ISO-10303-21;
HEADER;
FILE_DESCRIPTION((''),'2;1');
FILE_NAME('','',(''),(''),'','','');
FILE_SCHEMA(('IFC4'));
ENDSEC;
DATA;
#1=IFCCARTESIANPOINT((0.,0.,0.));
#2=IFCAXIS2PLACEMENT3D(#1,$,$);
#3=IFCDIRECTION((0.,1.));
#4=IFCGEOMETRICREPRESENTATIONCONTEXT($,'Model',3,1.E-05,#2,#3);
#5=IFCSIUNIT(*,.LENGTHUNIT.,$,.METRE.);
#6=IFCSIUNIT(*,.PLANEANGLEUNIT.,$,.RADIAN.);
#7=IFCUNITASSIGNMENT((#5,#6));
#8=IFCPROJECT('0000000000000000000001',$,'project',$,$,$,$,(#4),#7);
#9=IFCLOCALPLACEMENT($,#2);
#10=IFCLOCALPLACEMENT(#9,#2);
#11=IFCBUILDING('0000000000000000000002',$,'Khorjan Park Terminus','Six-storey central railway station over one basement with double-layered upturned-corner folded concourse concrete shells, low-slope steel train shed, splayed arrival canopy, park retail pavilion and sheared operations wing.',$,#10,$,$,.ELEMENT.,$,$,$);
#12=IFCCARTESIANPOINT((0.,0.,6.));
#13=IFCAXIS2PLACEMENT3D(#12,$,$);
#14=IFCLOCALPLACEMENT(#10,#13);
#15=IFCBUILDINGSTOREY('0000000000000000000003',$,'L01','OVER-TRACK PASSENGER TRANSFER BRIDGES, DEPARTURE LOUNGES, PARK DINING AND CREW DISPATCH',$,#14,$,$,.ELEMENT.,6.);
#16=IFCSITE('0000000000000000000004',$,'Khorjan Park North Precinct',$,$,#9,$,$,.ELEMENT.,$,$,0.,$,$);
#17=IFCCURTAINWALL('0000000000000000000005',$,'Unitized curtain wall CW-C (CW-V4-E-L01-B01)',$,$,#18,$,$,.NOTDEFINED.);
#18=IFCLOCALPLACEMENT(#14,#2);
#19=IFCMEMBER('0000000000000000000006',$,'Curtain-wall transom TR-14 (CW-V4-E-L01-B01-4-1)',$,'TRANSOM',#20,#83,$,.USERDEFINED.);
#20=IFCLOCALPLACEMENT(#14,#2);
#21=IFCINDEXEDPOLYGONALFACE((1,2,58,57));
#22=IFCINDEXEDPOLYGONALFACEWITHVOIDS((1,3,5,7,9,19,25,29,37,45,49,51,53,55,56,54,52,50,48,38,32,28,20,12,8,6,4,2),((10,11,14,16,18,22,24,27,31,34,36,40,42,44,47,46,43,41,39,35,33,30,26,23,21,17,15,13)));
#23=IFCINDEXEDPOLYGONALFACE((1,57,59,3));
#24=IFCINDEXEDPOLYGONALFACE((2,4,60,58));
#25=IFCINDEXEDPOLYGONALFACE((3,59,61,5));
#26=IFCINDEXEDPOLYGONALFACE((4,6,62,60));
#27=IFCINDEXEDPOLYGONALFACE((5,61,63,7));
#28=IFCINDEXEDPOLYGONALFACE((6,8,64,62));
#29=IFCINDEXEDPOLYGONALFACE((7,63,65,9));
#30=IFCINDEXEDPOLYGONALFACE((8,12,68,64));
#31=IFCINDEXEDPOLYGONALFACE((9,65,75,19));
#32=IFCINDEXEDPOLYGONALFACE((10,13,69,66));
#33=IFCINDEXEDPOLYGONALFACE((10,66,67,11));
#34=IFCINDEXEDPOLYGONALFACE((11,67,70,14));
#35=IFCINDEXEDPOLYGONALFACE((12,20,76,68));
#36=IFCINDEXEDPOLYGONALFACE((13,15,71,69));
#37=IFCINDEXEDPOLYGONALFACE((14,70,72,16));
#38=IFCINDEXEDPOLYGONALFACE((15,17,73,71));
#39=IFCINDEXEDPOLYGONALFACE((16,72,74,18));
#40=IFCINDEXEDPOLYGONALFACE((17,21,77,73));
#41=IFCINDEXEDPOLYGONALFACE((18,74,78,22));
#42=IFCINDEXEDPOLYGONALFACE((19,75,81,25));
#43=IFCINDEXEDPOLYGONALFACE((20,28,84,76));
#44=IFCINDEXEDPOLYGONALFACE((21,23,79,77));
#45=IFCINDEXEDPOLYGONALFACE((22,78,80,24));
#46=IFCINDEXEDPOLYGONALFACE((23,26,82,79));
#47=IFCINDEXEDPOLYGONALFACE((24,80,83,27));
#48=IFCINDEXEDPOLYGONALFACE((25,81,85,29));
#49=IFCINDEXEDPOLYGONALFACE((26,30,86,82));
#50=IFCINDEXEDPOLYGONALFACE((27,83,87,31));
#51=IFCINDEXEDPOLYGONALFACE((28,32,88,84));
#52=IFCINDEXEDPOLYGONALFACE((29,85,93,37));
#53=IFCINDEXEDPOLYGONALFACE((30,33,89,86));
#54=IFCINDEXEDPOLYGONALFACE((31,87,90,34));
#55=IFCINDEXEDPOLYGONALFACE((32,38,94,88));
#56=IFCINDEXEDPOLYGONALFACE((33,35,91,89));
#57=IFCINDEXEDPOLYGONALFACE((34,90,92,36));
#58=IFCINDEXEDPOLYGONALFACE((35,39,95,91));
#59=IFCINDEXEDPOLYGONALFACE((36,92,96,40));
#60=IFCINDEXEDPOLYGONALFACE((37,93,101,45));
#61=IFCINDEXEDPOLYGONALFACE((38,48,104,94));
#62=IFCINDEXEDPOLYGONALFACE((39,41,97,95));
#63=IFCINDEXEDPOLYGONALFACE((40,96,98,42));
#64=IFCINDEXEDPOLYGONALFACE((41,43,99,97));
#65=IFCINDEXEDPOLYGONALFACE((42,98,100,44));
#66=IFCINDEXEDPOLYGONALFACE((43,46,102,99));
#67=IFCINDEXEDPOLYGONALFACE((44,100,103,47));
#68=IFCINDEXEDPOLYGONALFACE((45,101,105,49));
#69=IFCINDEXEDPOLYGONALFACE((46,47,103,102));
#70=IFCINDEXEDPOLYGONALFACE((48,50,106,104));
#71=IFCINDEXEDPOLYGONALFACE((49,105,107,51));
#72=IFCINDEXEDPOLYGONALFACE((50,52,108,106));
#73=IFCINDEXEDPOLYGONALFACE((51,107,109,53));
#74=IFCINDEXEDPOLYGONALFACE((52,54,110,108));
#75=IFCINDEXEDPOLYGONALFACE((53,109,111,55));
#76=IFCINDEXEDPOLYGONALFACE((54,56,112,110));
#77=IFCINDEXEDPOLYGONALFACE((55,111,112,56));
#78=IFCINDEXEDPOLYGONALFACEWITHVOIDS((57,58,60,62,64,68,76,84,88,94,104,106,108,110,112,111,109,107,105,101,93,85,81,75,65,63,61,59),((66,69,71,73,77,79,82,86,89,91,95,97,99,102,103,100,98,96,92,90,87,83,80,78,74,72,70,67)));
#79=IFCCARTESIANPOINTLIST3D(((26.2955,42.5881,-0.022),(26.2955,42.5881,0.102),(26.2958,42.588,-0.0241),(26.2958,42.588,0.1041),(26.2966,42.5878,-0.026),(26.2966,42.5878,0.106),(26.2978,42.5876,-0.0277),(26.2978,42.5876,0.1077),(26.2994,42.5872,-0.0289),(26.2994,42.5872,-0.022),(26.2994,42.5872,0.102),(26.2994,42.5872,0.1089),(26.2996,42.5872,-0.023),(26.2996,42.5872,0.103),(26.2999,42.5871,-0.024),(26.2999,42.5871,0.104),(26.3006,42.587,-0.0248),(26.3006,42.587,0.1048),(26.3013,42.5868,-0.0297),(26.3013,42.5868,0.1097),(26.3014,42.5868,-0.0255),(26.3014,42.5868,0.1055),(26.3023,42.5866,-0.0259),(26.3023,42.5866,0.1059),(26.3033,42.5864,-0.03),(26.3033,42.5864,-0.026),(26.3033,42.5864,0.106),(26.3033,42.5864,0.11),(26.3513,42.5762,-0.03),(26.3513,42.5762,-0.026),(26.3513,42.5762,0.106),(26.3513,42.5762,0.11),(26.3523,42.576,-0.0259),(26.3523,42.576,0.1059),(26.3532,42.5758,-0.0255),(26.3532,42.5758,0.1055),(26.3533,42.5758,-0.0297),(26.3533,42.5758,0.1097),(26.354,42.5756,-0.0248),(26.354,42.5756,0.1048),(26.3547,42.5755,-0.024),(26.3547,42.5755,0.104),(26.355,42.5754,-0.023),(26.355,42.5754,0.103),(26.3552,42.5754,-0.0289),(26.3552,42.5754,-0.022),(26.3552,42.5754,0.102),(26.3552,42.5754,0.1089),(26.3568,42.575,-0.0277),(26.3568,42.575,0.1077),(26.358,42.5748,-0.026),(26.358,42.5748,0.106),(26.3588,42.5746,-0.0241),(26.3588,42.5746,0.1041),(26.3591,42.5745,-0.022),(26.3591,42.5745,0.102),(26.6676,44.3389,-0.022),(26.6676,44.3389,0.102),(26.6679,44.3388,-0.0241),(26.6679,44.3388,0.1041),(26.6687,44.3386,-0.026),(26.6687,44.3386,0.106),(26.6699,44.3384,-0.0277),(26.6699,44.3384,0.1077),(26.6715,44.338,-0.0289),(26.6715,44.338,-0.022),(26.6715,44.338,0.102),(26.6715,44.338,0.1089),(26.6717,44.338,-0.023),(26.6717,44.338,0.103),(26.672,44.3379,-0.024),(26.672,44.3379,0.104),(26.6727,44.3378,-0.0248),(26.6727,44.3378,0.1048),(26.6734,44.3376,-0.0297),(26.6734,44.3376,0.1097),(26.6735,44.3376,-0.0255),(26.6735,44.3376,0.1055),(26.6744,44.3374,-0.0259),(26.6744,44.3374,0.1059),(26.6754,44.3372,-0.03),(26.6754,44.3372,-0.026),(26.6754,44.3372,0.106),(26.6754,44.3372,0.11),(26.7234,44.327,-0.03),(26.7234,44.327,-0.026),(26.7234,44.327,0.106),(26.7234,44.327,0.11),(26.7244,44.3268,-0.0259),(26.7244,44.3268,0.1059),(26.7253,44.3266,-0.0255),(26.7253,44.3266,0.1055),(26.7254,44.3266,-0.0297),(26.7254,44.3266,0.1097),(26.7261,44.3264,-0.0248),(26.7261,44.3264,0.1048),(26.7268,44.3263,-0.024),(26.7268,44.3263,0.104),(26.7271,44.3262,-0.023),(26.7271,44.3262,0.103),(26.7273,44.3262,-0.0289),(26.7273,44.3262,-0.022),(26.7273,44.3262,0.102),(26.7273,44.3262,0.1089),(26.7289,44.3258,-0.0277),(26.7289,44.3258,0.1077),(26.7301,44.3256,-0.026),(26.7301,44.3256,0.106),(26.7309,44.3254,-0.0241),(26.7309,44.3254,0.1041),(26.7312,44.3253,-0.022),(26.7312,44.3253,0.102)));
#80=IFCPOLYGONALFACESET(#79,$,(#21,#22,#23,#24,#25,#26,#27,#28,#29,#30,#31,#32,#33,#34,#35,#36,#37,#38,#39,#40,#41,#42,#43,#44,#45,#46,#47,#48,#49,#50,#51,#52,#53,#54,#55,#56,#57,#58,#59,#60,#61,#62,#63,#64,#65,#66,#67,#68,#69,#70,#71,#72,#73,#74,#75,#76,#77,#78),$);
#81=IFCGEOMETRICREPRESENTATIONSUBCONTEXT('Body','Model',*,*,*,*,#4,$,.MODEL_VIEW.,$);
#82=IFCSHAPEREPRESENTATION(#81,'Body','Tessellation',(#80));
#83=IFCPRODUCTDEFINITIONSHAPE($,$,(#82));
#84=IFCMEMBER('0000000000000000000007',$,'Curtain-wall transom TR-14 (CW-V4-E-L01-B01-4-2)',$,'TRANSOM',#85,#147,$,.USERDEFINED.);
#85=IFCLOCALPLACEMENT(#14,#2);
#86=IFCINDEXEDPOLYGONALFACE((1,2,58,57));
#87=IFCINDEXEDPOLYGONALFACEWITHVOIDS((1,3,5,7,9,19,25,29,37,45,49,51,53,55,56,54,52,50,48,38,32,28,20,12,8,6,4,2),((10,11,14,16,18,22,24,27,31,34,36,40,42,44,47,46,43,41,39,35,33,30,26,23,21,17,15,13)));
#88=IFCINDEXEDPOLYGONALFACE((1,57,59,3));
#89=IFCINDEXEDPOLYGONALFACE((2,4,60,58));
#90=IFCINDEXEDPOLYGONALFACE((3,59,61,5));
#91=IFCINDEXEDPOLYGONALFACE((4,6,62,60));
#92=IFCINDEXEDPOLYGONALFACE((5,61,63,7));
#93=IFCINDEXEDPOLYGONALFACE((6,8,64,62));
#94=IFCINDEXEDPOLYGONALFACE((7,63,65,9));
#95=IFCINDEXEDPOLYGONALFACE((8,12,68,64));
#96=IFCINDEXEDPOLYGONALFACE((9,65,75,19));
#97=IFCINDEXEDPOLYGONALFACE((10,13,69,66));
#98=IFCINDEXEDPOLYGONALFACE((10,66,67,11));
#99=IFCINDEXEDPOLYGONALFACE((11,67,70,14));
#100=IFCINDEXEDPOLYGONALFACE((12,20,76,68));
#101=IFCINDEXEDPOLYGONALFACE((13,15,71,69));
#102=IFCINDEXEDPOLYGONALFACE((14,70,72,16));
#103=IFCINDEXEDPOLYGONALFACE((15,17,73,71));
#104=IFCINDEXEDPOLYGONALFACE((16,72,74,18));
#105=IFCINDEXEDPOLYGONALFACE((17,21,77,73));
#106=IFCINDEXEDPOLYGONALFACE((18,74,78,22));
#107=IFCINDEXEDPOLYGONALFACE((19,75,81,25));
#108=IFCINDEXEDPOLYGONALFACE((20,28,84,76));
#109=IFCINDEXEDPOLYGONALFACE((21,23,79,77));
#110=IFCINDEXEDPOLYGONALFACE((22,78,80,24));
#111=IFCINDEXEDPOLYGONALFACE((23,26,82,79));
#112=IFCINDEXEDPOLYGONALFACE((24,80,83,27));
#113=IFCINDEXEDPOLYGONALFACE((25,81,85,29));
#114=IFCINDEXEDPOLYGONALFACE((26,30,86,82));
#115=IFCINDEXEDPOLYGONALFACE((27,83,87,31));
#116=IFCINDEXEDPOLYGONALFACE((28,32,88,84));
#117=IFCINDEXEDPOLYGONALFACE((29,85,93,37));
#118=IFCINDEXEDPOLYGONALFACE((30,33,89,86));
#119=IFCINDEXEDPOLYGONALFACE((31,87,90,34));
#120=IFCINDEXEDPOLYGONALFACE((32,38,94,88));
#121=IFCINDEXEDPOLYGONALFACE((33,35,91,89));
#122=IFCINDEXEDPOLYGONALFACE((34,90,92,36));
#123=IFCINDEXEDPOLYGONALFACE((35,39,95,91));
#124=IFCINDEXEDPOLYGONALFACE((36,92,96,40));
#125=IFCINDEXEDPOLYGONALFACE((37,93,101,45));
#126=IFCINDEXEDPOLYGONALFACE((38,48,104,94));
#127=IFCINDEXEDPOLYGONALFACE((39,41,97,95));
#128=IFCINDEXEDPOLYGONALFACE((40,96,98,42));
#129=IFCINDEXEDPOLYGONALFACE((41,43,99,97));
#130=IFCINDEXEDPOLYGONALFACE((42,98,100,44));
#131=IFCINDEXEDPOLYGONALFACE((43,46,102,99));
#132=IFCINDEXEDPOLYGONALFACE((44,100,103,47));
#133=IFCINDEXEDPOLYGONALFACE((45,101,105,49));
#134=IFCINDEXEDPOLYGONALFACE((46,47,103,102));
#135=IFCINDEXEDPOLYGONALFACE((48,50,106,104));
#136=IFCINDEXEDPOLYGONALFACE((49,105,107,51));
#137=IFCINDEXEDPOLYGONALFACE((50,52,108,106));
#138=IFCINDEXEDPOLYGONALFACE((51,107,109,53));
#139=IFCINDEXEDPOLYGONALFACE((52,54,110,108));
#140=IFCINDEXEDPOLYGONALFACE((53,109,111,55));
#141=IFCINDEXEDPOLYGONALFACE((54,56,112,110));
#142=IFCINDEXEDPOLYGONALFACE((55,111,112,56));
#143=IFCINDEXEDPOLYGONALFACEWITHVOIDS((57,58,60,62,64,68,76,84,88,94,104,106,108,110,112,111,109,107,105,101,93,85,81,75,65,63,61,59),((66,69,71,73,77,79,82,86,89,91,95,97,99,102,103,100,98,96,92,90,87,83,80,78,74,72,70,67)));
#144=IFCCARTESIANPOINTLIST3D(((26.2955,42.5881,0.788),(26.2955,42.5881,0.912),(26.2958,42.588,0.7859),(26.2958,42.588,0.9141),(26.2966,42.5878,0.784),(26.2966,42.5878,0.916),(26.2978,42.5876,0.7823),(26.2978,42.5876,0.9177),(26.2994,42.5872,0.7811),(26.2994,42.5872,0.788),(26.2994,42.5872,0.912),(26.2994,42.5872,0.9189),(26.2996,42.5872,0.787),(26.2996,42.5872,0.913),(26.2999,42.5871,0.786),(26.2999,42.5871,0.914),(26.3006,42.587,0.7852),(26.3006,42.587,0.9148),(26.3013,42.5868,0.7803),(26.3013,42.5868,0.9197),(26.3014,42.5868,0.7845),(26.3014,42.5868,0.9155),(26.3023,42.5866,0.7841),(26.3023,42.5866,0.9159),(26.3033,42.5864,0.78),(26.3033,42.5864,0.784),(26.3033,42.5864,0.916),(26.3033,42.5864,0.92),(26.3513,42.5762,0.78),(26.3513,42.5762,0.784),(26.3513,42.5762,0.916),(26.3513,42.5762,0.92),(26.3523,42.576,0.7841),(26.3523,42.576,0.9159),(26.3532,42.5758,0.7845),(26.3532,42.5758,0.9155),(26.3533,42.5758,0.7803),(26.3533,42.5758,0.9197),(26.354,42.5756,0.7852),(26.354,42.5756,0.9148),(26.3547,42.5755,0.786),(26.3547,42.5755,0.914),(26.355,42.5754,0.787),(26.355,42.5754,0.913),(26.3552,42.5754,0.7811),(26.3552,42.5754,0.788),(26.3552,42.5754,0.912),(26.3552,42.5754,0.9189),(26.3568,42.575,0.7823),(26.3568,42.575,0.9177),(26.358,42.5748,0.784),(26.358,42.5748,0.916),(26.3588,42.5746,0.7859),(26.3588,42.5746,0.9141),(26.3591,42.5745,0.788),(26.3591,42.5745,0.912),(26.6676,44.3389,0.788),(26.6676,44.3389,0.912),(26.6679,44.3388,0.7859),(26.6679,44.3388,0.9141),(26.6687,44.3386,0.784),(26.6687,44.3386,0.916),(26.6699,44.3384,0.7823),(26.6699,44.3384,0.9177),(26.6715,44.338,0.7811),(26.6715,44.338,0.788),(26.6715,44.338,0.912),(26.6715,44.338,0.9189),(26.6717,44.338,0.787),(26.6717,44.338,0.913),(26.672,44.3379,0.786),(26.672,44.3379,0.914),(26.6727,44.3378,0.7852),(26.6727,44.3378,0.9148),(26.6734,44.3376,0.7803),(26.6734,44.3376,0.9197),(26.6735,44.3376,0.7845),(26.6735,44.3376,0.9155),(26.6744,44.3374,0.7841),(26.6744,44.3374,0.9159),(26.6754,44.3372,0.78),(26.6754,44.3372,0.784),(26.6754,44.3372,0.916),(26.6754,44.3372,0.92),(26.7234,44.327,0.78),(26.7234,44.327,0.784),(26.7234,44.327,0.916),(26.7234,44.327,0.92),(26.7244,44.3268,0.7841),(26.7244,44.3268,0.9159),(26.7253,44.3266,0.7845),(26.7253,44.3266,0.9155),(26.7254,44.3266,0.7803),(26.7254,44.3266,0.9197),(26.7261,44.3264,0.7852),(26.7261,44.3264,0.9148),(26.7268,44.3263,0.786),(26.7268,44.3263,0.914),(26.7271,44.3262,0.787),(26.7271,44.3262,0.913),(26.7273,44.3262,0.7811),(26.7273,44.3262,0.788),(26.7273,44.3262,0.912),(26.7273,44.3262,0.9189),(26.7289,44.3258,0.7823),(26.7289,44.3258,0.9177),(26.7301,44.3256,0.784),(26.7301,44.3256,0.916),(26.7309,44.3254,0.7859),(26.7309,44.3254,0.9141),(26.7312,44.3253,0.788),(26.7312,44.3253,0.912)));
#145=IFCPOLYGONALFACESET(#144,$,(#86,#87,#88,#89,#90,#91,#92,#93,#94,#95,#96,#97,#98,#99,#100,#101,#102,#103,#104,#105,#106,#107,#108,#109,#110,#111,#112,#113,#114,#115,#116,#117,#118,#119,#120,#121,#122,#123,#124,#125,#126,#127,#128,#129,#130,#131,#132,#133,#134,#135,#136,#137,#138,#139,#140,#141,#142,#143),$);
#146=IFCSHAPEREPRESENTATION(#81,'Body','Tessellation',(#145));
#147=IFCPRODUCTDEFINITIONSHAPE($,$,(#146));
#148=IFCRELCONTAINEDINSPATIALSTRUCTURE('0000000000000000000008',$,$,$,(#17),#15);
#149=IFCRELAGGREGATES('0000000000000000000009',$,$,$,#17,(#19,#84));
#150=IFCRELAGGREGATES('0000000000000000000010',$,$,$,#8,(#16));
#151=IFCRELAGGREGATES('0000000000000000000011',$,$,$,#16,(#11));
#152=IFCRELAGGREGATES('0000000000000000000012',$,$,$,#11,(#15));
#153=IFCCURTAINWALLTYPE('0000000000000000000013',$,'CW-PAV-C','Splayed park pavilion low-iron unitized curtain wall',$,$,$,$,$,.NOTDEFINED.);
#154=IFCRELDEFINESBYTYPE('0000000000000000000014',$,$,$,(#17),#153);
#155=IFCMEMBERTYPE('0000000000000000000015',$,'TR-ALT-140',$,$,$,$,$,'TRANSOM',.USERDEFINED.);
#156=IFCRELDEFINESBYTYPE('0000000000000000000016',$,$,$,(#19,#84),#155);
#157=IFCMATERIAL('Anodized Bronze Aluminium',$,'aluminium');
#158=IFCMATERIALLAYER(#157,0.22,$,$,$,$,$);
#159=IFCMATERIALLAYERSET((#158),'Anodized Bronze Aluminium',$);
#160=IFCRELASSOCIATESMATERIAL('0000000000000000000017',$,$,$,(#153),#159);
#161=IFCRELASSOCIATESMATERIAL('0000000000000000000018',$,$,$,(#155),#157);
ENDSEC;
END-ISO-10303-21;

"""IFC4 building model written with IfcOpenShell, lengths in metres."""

from ifc_helpers import new_model, si_unit, direction, frame, origin, origin_2d, place, context, subcontext, project, spatial, hollow_rectangle, extrude, material, layer, layer_set, material_profile, profile_set, type_object, element, aggregate, save


model = new_model("IFC4")

# Units and contexts
model_context = context("Model", 3, precision=1e-05, world=origin(), true_north=direction((0.0, 1.0)))
body_context = subcontext(model_context, "Body", "Model", "MODEL_VIEW")
ifc_project = project(units=[si_unit("LENGTHUNIT", "METRE"), si_unit("PLANEANGLEUNIT", "RADIAN")], contexts=[model_context])

# Site, building, storey
site_placement = place(None, origin())
site = spatial("IfcSite", under=ifc_project, at=site_placement, Name="Khorjan Park North Precinct", CompositionType="ELEMENT", RefElevation=0.0)
building_placement = place(site_placement, origin())
building = spatial("IfcBuilding", under=site, at=building_placement, Name="Khorjan Park Terminus", Description="Six-storey central railway station over one basement with double-layered upturned-corner folded concourse concrete shells, low-slope steel train shed, splayed arrival canopy, park retail pavilion and sheared operations wing.", CompositionType="ELEMENT")
storey_placement = place(building_placement, frame((0.0, 0.0, 6.0)))
storey = spatial("IfcBuildingStorey", under=building, at=storey_placement, Name="L01", Description="OVER-TRACK PASSENGER TRANSFER BRIDGES, DEPARTURE LOUNGES, PARK DINING AND CREW DISPATCH", CompositionType="ELEMENT", Elevation=6.0)

# Curtain wall, members
ifc_material_1 = material(Name="Anodized Bronze Aluminium", Category="aluminium")
ifc_layer_1 = layer(ifc_material_1, 0.22)
ifc_layer_set_1 = layer_set([ifc_layer_1], Name="Anodized Bronze Aluminium")
curtain_wall_type = type_object("IfcCurtainWallType", Name="CW-PAV-C", Description="Splayed park pavilion low-iron unitized curtain wall", PredefinedType="NOTDEFINED", material=ifc_layer_set_1)
curtain_wall_placement = place(storey_placement, origin())
curtain_wall = element("IfcCurtainWall", 1, at=curtain_wall_placement, inside=storey, type_object=curtain_wall_type, Name="Unitized curtain wall CW-C (CW-V4-E-L01-B01)", PredefinedType="NOTDEFINED")
ifc_material_profile_1 = material_profile(ifc_material_1, hollow_rectangle(XDim=0.065, YDim=0.14, WallThickness=0.004, InnerFilletRadius=0.004, OuterFilletRadius=0.008, at=origin_2d()), Name="ALT 65x140x4")
ifc_profile_set_1 = profile_set([ifc_material_profile_1], Name="Anodized Bronze Aluminium")
member_type_1 = type_object("IfcMemberType", Name="TR-ALT-140", ElementType="TRANSOM", PredefinedType="USERDEFINED", material=ifc_profile_set_1)
member_1_placement = place(storey_placement, frame((26.3273, 42.5813, 0.04), z_axis=(0.207888, 0.978153, 0.0), x_axis=(-0.978153, 0.207888, 0.0)))
member_1 = element("IfcMember", 2, at=member_1_placement, type_object=member_type_1, Name="Curtain-wall transom TR-14 (CW-V4-E-L01-B01-4-1)", ObjectType="TRANSOM", PredefinedType="USERDEFINED", context=body_context, shape_type="SweptSolid", body=[
    extrude(hollow_rectangle(XDim=0.065, YDim=0.14, WallThickness=0.004, InnerFilletRadius=0.004, OuterFilletRadius=0.008, at=origin_2d()), origin(), (0.0, 0.0, 1.0), 1.7899),
])
member_2_placement = place(storey_placement, frame((26.3273, 42.5813, 0.85), z_axis=(0.207888, 0.978153, 0.0), x_axis=(-0.978153, 0.207888, 0.0)))
member_2 = element("IfcMember", 3, at=member_2_placement, type_object=member_type_1, Name="Curtain-wall transom TR-14 (CW-V4-E-L01-B01-4-2)", ObjectType="TRANSOM", PredefinedType="USERDEFINED", context=body_context, shape_type="SweptSolid", body=[
    extrude(hollow_rectangle(XDim=0.065, YDim=0.14, WallThickness=0.004, InnerFilletRadius=0.004, OuterFilletRadius=0.008, at=origin_2d()), origin(), (0.0, 0.0, 1.0), 1.7899),
])
aggregate(curtain_wall, [member_1, member_2])

save(model, "model.ifc")
